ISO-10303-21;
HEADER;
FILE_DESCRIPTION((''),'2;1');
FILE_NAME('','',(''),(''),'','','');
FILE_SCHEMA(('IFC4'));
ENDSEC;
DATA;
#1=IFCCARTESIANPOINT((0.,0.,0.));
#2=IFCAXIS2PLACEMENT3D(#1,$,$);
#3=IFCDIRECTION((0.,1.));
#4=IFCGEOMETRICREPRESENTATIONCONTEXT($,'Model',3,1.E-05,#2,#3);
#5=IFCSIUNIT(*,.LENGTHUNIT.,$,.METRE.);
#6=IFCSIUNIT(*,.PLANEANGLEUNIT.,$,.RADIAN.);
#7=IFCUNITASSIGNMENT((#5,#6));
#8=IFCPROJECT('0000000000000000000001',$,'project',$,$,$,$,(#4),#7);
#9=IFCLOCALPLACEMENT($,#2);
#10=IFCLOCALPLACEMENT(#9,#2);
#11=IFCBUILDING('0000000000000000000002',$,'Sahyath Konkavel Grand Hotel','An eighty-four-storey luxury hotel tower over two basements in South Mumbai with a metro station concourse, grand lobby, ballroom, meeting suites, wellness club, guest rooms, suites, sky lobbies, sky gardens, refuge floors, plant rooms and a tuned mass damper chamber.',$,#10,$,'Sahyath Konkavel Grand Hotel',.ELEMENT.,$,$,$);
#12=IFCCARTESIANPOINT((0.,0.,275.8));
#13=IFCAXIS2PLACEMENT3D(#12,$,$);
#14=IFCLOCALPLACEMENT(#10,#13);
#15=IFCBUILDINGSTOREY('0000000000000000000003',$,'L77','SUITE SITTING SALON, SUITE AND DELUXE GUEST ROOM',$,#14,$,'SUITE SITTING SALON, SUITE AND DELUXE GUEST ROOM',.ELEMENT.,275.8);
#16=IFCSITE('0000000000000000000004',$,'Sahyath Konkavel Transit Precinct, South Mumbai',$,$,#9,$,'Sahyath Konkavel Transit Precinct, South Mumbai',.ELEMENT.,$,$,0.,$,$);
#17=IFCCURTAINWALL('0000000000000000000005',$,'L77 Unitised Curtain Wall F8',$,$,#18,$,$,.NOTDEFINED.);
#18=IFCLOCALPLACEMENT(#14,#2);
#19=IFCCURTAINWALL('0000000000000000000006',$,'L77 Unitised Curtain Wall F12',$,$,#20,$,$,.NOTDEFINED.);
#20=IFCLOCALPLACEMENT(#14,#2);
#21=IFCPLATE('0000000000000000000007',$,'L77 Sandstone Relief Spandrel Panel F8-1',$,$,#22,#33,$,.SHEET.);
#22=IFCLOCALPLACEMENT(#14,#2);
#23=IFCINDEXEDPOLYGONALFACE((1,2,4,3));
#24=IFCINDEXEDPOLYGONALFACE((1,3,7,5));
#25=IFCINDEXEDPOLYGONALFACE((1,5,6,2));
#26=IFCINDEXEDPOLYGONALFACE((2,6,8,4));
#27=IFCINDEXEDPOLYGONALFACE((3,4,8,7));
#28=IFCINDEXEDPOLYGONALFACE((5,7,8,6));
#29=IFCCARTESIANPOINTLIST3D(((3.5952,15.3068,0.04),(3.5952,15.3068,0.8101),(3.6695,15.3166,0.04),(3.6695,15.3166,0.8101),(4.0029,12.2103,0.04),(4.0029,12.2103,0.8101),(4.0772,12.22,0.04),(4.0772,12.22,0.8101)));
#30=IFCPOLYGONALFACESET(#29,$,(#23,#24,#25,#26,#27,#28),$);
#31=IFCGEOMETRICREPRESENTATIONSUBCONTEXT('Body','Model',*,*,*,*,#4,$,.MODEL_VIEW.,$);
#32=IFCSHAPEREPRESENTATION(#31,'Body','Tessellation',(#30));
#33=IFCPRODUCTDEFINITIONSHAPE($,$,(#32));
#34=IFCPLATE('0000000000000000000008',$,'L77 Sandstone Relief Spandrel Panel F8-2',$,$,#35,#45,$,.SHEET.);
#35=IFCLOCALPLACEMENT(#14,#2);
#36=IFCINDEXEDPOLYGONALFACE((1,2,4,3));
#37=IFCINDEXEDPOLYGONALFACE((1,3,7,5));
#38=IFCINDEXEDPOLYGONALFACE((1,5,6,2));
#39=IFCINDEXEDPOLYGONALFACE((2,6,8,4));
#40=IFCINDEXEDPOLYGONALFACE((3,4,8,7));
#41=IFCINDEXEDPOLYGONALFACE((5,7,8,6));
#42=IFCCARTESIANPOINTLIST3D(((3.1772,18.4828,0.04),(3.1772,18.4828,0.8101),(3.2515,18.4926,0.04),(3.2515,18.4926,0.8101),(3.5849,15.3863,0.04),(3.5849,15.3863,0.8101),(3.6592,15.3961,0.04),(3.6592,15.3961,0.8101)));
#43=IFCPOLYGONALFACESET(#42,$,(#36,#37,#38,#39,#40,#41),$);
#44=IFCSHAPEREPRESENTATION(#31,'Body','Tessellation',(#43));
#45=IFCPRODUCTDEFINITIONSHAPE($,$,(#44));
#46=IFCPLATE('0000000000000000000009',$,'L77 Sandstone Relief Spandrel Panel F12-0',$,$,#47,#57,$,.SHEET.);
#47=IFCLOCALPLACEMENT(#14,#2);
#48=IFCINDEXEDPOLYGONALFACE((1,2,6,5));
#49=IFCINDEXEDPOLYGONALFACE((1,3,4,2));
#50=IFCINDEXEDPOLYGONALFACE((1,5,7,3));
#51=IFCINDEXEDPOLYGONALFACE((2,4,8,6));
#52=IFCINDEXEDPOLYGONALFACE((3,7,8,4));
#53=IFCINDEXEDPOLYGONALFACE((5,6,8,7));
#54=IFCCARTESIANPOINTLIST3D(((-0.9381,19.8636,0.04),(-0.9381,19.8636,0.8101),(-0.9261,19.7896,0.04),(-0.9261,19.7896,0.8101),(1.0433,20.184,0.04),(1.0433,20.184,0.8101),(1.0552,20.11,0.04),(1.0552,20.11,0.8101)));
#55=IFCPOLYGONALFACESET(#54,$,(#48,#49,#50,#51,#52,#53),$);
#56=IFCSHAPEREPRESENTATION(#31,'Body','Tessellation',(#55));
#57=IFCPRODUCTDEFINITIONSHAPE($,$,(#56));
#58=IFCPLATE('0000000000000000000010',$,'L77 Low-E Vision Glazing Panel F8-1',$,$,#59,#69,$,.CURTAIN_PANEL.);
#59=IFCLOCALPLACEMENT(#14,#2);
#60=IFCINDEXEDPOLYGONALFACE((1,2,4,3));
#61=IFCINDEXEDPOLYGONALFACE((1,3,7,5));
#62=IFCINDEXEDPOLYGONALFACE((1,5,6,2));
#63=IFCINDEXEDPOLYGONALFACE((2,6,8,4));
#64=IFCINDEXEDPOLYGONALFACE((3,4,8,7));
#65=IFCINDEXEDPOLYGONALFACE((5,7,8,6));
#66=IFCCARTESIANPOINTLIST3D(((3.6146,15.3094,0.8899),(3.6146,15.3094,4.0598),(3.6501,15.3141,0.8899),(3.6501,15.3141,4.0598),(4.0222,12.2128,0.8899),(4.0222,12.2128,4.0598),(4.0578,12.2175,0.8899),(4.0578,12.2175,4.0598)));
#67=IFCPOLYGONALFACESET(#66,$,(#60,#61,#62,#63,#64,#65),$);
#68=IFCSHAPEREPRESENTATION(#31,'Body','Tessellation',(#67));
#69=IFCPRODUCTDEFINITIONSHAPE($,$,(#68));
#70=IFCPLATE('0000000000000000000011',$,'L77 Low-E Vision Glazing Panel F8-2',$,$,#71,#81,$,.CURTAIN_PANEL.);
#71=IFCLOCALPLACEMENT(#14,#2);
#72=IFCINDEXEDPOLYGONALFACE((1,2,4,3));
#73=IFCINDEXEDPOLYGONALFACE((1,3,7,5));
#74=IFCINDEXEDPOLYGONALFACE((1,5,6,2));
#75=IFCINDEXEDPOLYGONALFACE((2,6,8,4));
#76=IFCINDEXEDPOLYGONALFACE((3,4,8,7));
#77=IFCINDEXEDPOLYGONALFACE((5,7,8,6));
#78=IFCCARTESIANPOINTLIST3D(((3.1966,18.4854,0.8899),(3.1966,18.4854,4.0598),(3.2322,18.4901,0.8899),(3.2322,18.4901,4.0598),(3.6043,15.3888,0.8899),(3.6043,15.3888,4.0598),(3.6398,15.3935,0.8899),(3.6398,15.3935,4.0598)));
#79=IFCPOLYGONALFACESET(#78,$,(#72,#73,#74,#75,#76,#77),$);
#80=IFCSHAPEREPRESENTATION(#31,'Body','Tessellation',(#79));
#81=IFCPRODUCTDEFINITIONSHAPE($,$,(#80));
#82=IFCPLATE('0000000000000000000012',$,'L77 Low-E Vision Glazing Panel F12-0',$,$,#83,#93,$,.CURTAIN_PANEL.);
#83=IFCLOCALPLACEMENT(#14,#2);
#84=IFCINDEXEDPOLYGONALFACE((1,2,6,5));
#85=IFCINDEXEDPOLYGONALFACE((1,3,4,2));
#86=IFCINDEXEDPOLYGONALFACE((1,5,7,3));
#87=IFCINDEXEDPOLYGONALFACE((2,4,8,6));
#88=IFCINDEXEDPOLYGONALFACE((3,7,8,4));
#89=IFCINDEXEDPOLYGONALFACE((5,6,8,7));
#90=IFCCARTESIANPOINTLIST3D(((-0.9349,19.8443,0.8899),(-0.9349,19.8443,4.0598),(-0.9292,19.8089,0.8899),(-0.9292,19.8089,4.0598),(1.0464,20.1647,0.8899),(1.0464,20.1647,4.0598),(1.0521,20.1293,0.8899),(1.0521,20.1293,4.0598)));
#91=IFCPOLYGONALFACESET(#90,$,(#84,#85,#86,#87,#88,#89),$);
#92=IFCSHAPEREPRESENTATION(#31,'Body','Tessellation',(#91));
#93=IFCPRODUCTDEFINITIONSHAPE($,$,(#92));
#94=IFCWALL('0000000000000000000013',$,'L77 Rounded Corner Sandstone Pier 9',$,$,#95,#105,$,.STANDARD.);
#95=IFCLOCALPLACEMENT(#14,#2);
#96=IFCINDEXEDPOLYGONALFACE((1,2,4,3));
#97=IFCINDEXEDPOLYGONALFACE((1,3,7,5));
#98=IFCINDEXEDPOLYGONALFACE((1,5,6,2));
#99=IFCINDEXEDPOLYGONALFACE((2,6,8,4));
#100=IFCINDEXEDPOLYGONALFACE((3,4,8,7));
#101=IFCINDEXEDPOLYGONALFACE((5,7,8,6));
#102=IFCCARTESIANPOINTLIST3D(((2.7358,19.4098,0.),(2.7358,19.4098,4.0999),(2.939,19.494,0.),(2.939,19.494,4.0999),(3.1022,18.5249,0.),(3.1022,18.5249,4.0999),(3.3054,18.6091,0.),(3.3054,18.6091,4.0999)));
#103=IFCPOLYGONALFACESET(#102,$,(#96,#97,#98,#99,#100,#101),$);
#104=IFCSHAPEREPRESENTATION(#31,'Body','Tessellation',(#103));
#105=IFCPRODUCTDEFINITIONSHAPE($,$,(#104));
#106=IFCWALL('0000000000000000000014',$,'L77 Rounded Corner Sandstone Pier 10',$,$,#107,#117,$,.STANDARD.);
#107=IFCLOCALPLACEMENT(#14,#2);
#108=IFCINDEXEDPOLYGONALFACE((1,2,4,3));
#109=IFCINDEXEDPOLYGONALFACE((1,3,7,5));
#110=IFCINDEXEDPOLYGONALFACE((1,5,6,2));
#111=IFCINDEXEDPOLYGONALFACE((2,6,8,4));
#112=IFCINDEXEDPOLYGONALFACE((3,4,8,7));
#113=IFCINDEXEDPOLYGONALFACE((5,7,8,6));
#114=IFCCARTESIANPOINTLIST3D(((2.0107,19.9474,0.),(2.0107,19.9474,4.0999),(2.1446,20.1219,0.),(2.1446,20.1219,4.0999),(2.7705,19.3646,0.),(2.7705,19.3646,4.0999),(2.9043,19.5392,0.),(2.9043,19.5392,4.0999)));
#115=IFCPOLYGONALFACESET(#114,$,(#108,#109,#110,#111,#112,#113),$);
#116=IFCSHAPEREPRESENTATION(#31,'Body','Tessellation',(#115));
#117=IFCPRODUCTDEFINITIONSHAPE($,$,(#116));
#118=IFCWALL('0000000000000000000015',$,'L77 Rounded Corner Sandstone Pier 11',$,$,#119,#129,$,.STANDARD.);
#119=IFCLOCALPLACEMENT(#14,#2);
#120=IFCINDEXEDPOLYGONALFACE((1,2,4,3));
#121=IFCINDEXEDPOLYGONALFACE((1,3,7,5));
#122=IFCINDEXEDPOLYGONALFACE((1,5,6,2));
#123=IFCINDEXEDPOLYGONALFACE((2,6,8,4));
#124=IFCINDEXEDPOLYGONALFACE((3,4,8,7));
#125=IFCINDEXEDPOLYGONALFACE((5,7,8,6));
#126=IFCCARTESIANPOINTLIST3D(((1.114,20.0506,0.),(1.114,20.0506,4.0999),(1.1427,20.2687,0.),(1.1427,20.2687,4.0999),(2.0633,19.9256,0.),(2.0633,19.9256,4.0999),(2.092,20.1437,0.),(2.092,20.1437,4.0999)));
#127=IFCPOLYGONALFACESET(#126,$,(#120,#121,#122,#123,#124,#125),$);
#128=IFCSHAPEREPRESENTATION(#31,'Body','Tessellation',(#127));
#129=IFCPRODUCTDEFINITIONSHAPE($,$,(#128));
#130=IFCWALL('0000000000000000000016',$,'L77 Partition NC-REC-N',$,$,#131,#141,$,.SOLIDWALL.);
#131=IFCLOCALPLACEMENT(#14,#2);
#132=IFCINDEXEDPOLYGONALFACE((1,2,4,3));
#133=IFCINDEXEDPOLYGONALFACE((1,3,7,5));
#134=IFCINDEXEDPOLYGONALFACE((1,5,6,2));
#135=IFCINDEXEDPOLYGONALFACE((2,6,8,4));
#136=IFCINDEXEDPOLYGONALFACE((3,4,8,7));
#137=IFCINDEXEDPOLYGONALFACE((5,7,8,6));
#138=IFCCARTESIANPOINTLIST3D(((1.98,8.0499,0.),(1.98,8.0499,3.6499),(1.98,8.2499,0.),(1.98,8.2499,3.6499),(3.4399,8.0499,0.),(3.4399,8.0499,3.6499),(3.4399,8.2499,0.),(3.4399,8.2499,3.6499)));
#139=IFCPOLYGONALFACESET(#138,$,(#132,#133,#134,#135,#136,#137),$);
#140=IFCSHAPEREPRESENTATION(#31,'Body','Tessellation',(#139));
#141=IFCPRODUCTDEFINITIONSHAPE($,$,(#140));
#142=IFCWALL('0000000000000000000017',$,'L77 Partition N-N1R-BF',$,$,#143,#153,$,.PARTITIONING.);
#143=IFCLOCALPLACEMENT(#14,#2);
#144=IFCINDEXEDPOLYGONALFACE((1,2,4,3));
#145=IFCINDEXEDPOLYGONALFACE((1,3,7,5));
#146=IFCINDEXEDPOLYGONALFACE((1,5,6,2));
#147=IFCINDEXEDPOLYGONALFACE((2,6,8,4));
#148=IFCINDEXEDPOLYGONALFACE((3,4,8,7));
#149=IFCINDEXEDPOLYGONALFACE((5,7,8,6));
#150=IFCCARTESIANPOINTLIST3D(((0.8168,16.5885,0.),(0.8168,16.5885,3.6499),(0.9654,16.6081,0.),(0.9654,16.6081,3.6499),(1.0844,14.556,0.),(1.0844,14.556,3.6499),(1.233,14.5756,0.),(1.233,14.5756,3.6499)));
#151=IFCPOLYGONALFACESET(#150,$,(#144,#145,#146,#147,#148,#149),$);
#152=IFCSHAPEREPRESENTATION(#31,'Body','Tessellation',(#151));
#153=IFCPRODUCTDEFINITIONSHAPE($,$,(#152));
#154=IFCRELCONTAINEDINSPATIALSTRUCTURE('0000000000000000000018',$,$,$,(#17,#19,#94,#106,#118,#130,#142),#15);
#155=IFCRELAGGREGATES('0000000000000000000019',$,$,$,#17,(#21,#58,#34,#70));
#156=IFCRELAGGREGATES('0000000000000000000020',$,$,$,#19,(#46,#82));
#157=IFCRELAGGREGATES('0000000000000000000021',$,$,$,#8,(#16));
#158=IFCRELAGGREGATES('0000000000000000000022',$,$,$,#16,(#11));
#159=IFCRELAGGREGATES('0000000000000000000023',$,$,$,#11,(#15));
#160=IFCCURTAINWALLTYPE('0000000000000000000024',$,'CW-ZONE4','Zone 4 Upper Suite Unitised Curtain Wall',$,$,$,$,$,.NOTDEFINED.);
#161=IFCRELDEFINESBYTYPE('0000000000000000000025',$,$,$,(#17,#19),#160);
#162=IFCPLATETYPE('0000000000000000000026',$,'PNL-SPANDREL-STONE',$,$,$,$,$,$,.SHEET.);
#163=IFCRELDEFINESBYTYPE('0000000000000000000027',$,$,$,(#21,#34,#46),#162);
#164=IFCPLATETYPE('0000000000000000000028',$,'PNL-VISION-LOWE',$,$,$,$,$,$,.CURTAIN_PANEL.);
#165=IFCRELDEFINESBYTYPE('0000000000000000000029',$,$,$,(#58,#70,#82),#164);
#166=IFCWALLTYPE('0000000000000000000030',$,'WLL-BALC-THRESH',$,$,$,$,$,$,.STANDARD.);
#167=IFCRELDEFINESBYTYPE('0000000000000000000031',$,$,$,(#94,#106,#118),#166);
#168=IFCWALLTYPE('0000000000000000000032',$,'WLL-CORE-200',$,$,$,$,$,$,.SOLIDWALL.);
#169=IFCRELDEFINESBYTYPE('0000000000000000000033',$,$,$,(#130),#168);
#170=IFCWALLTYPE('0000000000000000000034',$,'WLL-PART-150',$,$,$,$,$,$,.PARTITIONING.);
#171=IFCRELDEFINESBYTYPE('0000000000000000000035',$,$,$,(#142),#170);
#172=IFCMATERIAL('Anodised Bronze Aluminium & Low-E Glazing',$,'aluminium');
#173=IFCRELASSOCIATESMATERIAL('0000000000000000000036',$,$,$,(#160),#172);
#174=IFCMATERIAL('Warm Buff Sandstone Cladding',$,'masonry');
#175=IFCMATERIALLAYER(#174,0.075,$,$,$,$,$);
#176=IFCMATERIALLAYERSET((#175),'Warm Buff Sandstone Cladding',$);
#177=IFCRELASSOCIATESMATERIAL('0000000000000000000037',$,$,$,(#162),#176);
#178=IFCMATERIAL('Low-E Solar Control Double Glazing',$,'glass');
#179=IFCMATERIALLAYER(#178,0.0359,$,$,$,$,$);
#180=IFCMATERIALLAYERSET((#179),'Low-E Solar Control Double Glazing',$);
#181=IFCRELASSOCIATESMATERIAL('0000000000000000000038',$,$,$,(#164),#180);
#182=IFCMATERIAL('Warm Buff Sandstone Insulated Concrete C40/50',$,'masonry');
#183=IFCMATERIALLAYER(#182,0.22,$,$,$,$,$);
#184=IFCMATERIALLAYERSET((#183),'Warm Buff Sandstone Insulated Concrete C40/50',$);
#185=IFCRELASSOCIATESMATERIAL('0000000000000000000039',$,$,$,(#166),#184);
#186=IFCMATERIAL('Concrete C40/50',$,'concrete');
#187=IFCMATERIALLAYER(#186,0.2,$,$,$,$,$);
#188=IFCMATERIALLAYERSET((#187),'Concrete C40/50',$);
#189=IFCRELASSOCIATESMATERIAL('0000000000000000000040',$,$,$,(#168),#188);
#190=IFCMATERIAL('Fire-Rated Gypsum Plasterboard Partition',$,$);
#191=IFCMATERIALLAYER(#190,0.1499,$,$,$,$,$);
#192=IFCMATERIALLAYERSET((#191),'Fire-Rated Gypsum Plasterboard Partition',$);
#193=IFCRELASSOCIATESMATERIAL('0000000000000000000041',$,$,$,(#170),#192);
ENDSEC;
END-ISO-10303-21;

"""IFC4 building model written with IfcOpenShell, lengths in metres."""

from ifc_helpers import new_model, si_unit, direction, frame, frame_2d, origin, origin_2d, place, context, subcontext, project, spatial, rectangle, extrude, source, transform, mapped, material, layer, layer_set, type_object, element, aggregate, save


model = new_model("IFC4")

# Units and contexts
model_context = context("Model", 3, precision=1e-05, world=origin(), true_north=direction((0.0, 1.0)))
body_context = subcontext(model_context, "Body", "Model", "MODEL_VIEW")
ifc_project = project(units=[si_unit("LENGTHUNIT", "METRE"), si_unit("PLANEANGLEUNIT", "RADIAN")], contexts=[model_context])

# Site, building, storey
site_placement = place(None, origin())
site = spatial("IfcSite", under=ifc_project, at=site_placement, Name="Sahyath Konkavel Transit Precinct, South Mumbai", LongName="Sahyath Konkavel Transit Precinct, South Mumbai", CompositionType="ELEMENT", RefElevation=0.0)
building_placement = place(site_placement, origin())
building = spatial("IfcBuilding", under=site, at=building_placement, Name="Sahyath Konkavel Grand Hotel", Description="An eighty-four-storey luxury hotel tower over two basements in South Mumbai with a metro station concourse, grand lobby, ballroom, meeting suites, wellness club, guest rooms, suites, sky lobbies, sky gardens, refuge floors, plant rooms and a tuned mass damper chamber.", LongName="Sahyath Konkavel Grand Hotel", CompositionType="ELEMENT")
storey_placement = place(building_placement, frame((0.0, 0.0, 275.8)))
storey = spatial("IfcBuildingStorey", under=building, at=storey_placement, Name="L77", Description="SUITE SITTING SALON, SUITE AND DELUXE GUEST ROOM", LongName="SUITE SITTING SALON, SUITE AND DELUXE GUEST ROOM", CompositionType="ELEMENT", Elevation=275.8)

# Shared definitions
ifc_material_1 = material(Name="Concrete C40/50", Category="concrete")

# Curtain wall
ifc_material_2 = material(Name="Anodised Bronze Aluminium & Low-E Glazing", Category="aluminium")
curtain_wall_type = type_object("IfcCurtainWallType", Name="CW-ZONE4", Description="Zone 4 Upper Suite Unitised Curtain Wall", PredefinedType="NOTDEFINED", material=ifc_material_2)
curtain_wall_1_placement = place(storey_placement, origin())
curtain_wall_1 = element("IfcCurtainWall", 1, at=curtain_wall_1_placement, inside=storey, type_object=curtain_wall_type, Name="L77 Unitised Curtain Wall F8", PredefinedType="NOTDEFINED")

# Curtain wall
curtain_wall_2_placement = place(storey_placement, origin())
curtain_wall_2 = element("IfcCurtainWall", 2, at=curtain_wall_2_placement, inside=storey, type_object=curtain_wall_type, Name="L77 Unitised Curtain Wall F12", PredefinedType="NOTDEFINED")

# Plates
ifc_material_3 = material(Name="Warm Buff Sandstone Cladding", Category="masonry")
ifc_layer_1 = layer(ifc_material_3, 0.075)
ifc_layer_set_1 = layer_set([ifc_layer_1], Name="Warm Buff Sandstone Cladding")
plate_type_1 = type_object("IfcPlateType", Name="PNL-SPANDREL-STONE", PredefinedType="SHEET", material=ifc_layer_set_1)
shared_shape_1 = source(origin(), body_context, "Body", "SweptSolid", [
    extrude(rectangle(XDim=3.1233, YDim=0.075, at=origin_2d()), origin(), (0.0, 0.0, 1.0), 0.77),
])
plate_1_placement = place(storey_placement, frame((3.8362, 13.7634, 0.04), z_axis=(0.0, 0.0, 1.0), x_axis=(-0.130526, 0.991445, 0.0)))
plate_1 = element("IfcPlate", 3, at=plate_1_placement, type_object=plate_type_1, Name="L77 Sandstone Relief Spandrel Panel F8-1", PredefinedType="SHEET", context=body_context, shape_type="MappedRepresentation", body=[
    mapped(shared_shape_1, transform((0.0, 0.0, 0.0), scale=1.0)),
])
plate_2_placement = place(storey_placement, frame((3.4182, 16.9395, 0.04), z_axis=(0.0, 0.0, 1.0), x_axis=(-0.130526, 0.991445, 0.0)))
plate_2 = element("IfcPlate", 4, at=plate_2_placement, type_object=plate_type_1, Name="L77 Sandstone Relief Spandrel Panel F8-2", PredefinedType="SHEET", context=body_context, shape_type="MappedRepresentation", body=[
    mapped(shared_shape_1, transform((0.0, 0.0, 0.0), scale=1.0)),
])
shared_shape_2 = source(origin(), body_context, "Body", "SweptSolid", [
    extrude(rectangle(XDim=2.0071, YDim=0.075, at=origin_2d()), origin(), (0.0, 0.0, 1.0), 0.77),
])
plate_3_placement = place(storey_placement, frame((0.0586, 19.9868, 0.04), z_axis=(0.0, 0.0, 1.0), x_axis=(-0.987178, -0.159623, 0.0)))
plate_3 = element("IfcPlate", 5, at=plate_3_placement, type_object=plate_type_1, Name="L77 Sandstone Relief Spandrel Panel F12-0", PredefinedType="SHEET", context=body_context, shape_type="MappedRepresentation", body=[
    mapped(shared_shape_2, transform((0.0, 0.0, 0.0), scale=1.0)),
])
ifc_material_4 = material(Name="Low-E Solar Control Double Glazing", Category="glass")
ifc_layer_2 = layer(ifc_material_4, 0.0359)
ifc_layer_set_2 = layer_set([ifc_layer_2], Name="Low-E Solar Control Double Glazing")
plate_type_2 = type_object("IfcPlateType", Name="PNL-VISION-LOWE", PredefinedType="CURTAIN_PANEL", material=ifc_layer_set_2)
shared_shape_3 = source(origin(), body_context, "Body", "SweptSolid", [
    extrude(rectangle(XDim=3.1233, YDim=0.0359, at=origin_2d()), origin(), (0.0, 0.0, 1.0), 3.1699),
])
plate_4_placement = place(storey_placement, frame((3.8362, 13.7634, 0.8899), z_axis=(0.0, 0.0, 1.0), x_axis=(-0.130526, 0.991445, 0.0)))
plate_4 = element("IfcPlate", 6, at=plate_4_placement, type_object=plate_type_2, Name="L77 Low-E Vision Glazing Panel F8-1", PredefinedType="CURTAIN_PANEL", context=body_context, shape_type="MappedRepresentation", body=[
    mapped(shared_shape_3, transform((0.0, 0.0, 0.0), scale=1.0)),
])
plate_5_placement = place(storey_placement, frame((3.4182, 16.9395, 0.8899), z_axis=(0.0, 0.0, 1.0), x_axis=(-0.130526, 0.991445, 0.0)))
plate_5 = element("IfcPlate", 7, at=plate_5_placement, type_object=plate_type_2, Name="L77 Low-E Vision Glazing Panel F8-2", PredefinedType="CURTAIN_PANEL", context=body_context, shape_type="MappedRepresentation", body=[
    mapped(shared_shape_3, transform((0.0, 0.0, 0.0), scale=1.0)),
])
aggregate(curtain_wall_1, [plate_1, plate_4, plate_2, plate_5])
shared_shape_4 = source(origin(), body_context, "Body", "SweptSolid", [
    extrude(rectangle(XDim=2.0071, YDim=0.0359, at=origin_2d()), origin(), (0.0, 0.0, 1.0), 3.1699),
])
plate_6_placement = place(storey_placement, frame((0.0586, 19.9868, 0.8899), z_axis=(0.0, 0.0, 1.0), x_axis=(-0.987178, -0.159623, 0.0)))
plate_6 = element("IfcPlate", 8, at=plate_6_placement, type_object=plate_type_2, Name="L77 Low-E Vision Glazing Panel F12-0", PredefinedType="CURTAIN_PANEL", context=body_context, shape_type="MappedRepresentation", body=[
    mapped(shared_shape_4, transform((0.0, 0.0, 0.0), scale=1.0)),
])
aggregate(curtain_wall_2, [plate_3, plate_6])

# Walls
ifc_material_5 = material(Name="Warm Buff Sandstone Insulated Concrete C40/50", Category="masonry")
ifc_layer_3 = layer(ifc_material_5, 0.22)
ifc_layer_set_3 = layer_set([ifc_layer_3], Name="Warm Buff Sandstone Insulated Concrete C40/50")
wall_type_1 = type_object("IfcWallType", Name="WLL-BALC-THRESH", PredefinedType="STANDARD", material=ifc_layer_set_3)
wall_1_placement = place(storey_placement, frame((3.2039, 18.5669, 0.0), z_axis=(0.0, 0.0, 1.0), x_axis=(-0.382569, 0.923927, 0.0)))
element("IfcWall", 9, at=wall_1_placement, inside=storey, type_object=wall_type_1, Name="L77 Rounded Corner Sandstone Pier 9", PredefinedType="STANDARD", context=body_context, shape_type="SweptSolid", body=[
    extrude(rectangle(XDim=0.9578, YDim=0.22, at=frame_2d((0.479, 0.0))), origin(), (0.0, 0.0, 1.0), 4.0999),
])
for number, where, z_axis, x_axis, name in (
    (10, (2.8374, 19.4519, 0.0), (0.0, 0.0, 1.0), (-0.793467, 0.608614, 0.0), "L77 Rounded Corner Sandstone Pier 10"),
    (11, (2.0776, 20.0347, 0.0), (0.0, 0.0, 1.0), (-0.99144, 0.13056, 0.0), "L77 Rounded Corner Sandstone Pier 11"),
):
    element("IfcWall", number, at=place(storey_placement, frame(where, z_axis=z_axis, x_axis=x_axis)), inside=storey, type_object=wall_type_1, Name=name, PredefinedType="STANDARD", context=body_context, shape_type="SweptSolid", body=[
        extrude(rectangle(XDim=0.9575, YDim=0.22, at=frame_2d((0.4788, 0.0))), origin(), (0.0, 0.0, 1.0), 4.0999),
    ])
ifc_layer_4 = layer(ifc_material_1, 0.2)
ifc_layer_set_4 = layer_set([ifc_layer_4], Name="Concrete C40/50")
wall_type_2 = type_object("IfcWallType", Name="WLL-CORE-200", PredefinedType="SOLIDWALL", material=ifc_layer_set_4)
wall_2_placement = place(storey_placement, frame((1.98, 8.1499, 0.0), z_axis=(0.0, 0.0, 1.0), x_axis=(1.0, 0.0, 0.0)))
element("IfcWall", 12, at=wall_2_placement, inside=storey, type_object=wall_type_2, Name="L77 Partition NC-REC-N", PredefinedType="SOLIDWALL", context=body_context, shape_type="SweptSolid", body=[
    extrude(rectangle(XDim=1.46, YDim=0.2, at=frame_2d((0.73, 0.0))), origin(), (0.0, 0.0, 1.0), 3.6499),
])
ifc_material_6 = material(Name="Fire-Rated Gypsum Plasterboard Partition")
ifc_layer_5 = layer(ifc_material_6, 0.1499)
ifc_layer_set_5 = layer_set([ifc_layer_5], Name="Fire-Rated Gypsum Plasterboard Partition")
wall_type_3 = type_object("IfcWallType", Name="WLL-PART-150", PredefinedType="PARTITIONING", material=ifc_layer_set_5)
wall_3_placement = place(storey_placement, frame((1.1587, 14.5659, 0.0), z_axis=(0.0, 0.0, 1.0), x_axis=(-0.130525, 0.991445, 0.0)))
element("IfcWall", 13, at=wall_3_placement, inside=storey, type_object=wall_type_3, Name="L77 Partition N-N1R-BF", PredefinedType="PARTITIONING", context=body_context, shape_type="SweptSolid", body=[
    extrude(rectangle(XDim=2.05, YDim=0.1499, at=frame_2d((1.0249, 0.0))), origin(), (0.0, 0.0, 1.0), 3.6499),
])

save(model, "model.ifc")
